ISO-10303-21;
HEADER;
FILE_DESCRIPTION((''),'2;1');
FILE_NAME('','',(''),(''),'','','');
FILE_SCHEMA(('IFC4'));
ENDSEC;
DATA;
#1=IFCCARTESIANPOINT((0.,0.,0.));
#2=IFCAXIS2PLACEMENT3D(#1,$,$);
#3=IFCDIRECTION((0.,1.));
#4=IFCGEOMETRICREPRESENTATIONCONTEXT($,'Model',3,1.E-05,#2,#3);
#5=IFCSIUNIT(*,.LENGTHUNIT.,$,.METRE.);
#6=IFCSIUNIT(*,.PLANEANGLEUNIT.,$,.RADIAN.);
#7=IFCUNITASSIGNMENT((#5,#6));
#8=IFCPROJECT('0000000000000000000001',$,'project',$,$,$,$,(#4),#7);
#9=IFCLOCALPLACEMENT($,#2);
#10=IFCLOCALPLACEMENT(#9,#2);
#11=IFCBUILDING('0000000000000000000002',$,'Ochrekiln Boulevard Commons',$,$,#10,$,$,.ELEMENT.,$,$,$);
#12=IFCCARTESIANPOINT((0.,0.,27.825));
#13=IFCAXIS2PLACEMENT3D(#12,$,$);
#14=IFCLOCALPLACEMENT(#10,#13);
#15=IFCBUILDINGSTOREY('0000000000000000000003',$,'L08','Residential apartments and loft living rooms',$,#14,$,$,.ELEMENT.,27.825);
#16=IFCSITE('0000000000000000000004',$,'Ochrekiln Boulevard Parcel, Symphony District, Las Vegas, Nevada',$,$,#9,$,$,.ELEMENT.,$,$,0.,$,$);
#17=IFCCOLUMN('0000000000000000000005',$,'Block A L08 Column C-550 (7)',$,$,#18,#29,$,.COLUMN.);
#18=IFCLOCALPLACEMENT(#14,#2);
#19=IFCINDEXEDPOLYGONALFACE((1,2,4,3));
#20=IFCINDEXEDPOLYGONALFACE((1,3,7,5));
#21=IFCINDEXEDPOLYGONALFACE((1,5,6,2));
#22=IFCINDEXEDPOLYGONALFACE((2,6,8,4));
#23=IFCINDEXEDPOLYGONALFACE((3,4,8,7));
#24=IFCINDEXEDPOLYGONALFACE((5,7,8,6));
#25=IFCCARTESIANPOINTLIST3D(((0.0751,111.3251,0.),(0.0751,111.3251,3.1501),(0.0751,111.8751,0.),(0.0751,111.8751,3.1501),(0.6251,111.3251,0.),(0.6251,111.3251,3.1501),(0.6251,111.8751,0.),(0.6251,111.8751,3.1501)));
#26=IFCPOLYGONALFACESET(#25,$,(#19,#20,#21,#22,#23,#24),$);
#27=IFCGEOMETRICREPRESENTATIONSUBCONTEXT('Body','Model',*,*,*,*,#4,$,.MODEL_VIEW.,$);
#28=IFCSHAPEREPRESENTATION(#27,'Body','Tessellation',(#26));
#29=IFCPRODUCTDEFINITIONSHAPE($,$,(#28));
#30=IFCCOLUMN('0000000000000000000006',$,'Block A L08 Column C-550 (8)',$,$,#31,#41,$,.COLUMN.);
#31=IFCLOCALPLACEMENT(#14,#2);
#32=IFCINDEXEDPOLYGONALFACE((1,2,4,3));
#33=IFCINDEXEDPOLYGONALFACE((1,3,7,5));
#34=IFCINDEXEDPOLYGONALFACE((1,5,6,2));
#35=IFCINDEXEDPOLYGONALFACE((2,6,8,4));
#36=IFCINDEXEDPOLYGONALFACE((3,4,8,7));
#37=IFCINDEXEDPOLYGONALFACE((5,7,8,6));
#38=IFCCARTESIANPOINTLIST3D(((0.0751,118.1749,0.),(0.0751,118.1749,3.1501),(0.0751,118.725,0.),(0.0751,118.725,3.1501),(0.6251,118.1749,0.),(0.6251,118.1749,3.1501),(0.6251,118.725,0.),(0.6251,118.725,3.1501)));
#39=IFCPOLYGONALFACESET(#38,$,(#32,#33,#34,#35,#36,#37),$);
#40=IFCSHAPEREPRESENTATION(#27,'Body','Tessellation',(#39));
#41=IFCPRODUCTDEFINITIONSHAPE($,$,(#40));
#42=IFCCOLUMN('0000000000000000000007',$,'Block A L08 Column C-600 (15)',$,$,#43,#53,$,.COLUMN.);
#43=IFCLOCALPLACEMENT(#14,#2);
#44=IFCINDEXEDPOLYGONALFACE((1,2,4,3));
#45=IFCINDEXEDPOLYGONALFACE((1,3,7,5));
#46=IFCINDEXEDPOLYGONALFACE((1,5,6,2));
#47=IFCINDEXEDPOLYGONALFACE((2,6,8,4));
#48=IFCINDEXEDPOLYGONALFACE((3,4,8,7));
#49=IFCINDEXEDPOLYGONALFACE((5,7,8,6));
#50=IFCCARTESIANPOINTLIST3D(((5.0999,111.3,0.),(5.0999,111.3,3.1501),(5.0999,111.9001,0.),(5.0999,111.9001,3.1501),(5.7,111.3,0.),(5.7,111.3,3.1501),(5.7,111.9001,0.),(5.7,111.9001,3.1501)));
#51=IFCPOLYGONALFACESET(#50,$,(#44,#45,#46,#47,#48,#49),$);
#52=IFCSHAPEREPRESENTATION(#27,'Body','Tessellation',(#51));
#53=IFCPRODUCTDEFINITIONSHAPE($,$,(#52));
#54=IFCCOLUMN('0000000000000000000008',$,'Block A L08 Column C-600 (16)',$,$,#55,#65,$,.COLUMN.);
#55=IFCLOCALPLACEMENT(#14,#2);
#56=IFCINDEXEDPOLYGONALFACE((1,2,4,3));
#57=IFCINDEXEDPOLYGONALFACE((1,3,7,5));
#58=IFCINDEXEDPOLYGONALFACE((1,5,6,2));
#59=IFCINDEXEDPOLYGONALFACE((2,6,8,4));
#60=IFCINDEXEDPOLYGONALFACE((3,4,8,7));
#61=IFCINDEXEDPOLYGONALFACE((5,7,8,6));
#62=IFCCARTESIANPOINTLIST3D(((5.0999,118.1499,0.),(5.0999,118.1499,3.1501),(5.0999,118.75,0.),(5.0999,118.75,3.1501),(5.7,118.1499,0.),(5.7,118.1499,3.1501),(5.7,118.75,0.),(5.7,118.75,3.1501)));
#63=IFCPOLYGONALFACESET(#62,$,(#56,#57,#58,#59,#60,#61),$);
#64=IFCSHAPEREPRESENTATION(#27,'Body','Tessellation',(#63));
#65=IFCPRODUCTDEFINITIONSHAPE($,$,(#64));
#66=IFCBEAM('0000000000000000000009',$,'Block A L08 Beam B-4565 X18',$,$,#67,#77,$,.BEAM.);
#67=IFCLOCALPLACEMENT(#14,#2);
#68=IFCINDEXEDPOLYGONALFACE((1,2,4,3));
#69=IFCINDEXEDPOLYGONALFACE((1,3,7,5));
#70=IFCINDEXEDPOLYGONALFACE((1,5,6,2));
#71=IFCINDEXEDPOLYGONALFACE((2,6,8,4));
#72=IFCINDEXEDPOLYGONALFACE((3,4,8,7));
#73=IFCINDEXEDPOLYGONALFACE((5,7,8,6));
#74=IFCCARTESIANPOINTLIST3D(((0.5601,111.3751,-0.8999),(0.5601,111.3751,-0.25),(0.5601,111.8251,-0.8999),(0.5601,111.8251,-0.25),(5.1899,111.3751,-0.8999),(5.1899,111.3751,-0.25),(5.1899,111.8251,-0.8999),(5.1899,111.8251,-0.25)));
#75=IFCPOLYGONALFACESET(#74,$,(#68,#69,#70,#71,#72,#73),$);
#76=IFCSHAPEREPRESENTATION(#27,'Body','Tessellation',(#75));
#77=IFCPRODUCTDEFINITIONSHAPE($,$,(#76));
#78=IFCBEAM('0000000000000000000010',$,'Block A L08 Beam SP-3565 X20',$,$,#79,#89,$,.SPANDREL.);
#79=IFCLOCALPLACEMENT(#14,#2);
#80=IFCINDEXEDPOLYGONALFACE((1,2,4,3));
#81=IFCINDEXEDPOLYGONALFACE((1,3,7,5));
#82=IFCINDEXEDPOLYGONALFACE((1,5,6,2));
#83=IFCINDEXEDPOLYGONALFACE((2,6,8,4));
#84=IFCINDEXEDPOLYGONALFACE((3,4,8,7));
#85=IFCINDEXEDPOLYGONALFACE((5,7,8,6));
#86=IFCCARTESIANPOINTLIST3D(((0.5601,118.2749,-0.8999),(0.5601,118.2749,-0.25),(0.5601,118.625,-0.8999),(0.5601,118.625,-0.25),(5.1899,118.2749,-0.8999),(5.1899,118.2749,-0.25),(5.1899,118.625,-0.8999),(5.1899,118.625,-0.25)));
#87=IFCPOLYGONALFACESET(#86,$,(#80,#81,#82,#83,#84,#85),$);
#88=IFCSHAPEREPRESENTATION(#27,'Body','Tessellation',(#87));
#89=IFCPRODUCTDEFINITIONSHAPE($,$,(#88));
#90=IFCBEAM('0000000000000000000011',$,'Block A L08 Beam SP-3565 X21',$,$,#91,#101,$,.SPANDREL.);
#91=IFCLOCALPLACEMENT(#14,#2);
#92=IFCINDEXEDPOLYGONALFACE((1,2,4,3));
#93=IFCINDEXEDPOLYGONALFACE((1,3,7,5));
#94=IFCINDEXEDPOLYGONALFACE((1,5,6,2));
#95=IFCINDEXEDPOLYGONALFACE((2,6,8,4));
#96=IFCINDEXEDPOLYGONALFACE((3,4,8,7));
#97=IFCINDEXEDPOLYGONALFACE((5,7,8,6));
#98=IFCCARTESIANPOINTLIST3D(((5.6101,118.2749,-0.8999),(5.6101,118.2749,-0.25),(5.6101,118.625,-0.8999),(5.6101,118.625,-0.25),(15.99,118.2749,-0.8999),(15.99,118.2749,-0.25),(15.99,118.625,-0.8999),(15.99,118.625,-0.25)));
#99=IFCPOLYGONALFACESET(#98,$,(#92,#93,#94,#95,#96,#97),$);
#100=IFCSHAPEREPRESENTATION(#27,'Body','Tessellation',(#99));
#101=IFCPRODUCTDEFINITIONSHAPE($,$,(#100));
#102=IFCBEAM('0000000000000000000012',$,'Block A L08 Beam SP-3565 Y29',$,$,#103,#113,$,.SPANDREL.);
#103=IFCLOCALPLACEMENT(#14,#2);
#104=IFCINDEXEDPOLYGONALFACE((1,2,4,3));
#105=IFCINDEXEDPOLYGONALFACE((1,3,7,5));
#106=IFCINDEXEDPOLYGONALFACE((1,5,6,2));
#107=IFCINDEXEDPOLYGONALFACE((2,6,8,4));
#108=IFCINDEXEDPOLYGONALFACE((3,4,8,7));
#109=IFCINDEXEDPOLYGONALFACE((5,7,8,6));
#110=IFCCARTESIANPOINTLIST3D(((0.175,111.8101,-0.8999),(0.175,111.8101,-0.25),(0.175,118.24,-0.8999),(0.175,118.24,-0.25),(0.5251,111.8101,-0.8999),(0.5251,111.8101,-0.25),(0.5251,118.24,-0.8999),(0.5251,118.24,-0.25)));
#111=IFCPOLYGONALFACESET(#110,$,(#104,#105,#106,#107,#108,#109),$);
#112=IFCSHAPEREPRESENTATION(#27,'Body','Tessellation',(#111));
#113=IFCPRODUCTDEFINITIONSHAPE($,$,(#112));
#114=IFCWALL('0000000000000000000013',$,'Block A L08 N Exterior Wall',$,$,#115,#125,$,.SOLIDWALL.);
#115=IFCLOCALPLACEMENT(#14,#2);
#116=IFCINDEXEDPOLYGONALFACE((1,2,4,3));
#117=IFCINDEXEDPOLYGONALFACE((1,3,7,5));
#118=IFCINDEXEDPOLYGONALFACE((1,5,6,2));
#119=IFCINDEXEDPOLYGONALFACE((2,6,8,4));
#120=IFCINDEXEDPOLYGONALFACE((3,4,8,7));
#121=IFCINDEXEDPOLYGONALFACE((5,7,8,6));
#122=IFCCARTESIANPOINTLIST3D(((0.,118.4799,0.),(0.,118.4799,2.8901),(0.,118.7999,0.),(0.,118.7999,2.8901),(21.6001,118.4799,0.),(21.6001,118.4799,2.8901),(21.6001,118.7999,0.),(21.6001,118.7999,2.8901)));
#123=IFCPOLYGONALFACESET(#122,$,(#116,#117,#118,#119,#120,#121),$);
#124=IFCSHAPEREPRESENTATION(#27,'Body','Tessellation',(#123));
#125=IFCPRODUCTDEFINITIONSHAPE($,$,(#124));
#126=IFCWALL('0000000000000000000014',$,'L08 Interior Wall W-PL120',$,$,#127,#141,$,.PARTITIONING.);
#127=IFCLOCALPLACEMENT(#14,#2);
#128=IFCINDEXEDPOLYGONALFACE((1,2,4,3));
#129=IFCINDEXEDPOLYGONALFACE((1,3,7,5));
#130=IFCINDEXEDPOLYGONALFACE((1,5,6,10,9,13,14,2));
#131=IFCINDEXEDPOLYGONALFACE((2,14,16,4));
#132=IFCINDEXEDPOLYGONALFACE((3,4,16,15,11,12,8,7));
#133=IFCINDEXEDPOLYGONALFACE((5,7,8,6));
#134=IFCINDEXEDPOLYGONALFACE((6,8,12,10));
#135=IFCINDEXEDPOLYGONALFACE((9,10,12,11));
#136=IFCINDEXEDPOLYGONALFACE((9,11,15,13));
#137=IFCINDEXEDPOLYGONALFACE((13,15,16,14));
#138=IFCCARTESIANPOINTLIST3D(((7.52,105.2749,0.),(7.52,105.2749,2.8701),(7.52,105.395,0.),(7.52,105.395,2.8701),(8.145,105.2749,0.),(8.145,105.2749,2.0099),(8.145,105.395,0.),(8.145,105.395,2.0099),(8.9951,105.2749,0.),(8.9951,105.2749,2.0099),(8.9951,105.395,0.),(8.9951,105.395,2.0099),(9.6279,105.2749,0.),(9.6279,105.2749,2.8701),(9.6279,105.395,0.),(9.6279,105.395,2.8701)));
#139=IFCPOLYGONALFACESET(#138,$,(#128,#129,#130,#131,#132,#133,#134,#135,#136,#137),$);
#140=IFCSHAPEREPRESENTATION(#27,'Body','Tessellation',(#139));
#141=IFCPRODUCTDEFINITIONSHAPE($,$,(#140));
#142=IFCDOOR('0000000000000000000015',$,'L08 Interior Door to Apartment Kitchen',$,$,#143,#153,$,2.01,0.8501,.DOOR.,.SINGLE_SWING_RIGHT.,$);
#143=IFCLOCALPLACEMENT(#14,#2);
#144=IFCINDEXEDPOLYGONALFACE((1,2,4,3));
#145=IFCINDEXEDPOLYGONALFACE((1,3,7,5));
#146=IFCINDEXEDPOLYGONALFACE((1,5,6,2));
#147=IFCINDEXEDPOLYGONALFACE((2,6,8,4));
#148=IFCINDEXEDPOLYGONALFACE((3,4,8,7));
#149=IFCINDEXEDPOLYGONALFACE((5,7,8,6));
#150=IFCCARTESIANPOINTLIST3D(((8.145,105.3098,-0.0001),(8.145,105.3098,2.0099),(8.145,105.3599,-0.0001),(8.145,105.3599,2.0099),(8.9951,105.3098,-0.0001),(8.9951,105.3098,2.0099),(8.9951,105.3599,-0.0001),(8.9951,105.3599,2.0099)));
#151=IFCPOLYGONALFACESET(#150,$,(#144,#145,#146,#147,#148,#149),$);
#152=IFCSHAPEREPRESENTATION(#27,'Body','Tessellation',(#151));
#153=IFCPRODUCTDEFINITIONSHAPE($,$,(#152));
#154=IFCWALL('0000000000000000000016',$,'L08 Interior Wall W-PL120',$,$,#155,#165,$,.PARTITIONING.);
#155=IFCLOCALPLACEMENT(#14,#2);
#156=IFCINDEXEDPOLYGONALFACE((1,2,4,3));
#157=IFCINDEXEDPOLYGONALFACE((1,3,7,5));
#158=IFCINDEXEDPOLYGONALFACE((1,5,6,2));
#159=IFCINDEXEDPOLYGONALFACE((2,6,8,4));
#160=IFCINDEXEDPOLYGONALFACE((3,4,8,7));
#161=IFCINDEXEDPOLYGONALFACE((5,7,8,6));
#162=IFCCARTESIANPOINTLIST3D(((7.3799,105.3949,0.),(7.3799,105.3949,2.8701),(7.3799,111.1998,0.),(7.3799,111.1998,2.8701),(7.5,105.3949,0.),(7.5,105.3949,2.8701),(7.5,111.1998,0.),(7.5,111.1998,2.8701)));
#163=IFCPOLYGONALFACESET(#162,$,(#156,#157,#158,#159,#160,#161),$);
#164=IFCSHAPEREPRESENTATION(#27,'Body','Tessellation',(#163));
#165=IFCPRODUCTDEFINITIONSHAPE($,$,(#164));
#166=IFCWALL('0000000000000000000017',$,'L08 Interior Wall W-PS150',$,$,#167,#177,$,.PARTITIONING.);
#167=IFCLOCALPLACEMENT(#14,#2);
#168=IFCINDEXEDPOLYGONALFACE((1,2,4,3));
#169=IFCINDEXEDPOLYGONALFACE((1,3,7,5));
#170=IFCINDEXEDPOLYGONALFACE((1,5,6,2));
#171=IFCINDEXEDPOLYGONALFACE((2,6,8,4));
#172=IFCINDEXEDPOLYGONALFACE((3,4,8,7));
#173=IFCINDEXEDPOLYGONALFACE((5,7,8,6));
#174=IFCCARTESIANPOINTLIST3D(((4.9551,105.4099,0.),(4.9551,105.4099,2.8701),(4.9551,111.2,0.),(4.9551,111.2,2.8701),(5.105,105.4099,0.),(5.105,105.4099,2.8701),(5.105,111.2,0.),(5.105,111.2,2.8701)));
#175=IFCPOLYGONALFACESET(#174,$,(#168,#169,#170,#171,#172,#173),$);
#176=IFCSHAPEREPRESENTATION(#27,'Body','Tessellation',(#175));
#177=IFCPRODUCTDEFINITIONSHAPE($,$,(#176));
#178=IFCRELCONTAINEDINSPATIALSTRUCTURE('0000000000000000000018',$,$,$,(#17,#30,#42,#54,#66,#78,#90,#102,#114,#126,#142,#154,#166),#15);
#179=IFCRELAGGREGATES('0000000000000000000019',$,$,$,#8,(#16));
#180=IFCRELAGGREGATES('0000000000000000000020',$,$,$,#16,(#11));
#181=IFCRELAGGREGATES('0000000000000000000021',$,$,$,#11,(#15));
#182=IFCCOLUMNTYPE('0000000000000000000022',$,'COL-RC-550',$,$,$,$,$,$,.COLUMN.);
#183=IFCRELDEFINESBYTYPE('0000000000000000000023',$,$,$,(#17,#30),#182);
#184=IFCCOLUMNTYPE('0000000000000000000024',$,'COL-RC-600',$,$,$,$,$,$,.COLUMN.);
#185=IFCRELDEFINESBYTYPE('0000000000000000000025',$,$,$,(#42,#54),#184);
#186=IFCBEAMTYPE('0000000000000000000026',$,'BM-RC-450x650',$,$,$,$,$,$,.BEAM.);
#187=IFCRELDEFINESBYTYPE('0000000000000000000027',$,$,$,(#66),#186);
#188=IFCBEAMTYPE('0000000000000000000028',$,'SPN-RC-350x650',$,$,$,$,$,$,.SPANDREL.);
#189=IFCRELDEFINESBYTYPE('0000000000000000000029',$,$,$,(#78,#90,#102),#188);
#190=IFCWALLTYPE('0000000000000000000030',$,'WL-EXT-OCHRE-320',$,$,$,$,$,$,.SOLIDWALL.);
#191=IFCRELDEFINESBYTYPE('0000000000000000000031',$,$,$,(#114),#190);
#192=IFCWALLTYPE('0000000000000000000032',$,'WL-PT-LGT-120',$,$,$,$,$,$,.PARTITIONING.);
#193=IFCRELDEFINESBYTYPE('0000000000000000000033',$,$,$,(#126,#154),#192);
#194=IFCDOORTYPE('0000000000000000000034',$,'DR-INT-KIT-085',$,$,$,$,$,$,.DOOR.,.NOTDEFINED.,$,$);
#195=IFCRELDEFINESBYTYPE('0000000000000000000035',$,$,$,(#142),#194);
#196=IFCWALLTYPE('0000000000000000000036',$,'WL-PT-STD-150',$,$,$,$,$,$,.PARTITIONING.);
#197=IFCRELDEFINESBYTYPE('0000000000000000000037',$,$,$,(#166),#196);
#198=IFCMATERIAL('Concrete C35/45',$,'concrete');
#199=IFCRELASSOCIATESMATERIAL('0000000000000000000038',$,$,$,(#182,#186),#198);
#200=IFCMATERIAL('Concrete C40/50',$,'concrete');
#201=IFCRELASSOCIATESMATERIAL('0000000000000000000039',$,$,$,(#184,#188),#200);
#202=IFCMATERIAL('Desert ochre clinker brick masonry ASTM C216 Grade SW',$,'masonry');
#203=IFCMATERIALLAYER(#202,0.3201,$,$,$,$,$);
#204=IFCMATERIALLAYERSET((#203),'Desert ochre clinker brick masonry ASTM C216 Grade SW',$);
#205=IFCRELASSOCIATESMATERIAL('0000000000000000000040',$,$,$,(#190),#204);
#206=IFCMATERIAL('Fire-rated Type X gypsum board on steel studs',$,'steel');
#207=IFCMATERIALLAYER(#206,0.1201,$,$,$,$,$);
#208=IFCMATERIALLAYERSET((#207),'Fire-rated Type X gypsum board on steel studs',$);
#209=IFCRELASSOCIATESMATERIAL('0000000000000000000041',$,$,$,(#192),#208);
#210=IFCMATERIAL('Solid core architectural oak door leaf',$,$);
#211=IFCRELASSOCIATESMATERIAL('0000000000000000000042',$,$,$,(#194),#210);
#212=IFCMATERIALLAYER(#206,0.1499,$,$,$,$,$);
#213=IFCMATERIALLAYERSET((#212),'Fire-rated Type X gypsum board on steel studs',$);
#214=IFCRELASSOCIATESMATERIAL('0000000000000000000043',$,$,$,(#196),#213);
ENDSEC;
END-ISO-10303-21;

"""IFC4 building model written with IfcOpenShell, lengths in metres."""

from ifc_helpers import new_model, si_unit, direction, frame, frame_2d, origin, origin_2d, place, context, subcontext, project, spatial, rectangle, extrude, material, layer, layer_set, material_profile, profile_set, type_object, element, fill, save


model = new_model("IFC4")

# Units and contexts
model_context = context("Model", 3, precision=1e-05, world=origin(), true_north=direction((0.0, 1.0)))
body_context = subcontext(model_context, "Body", "Model", "MODEL_VIEW")
ifc_project = project(units=[si_unit("LENGTHUNIT", "METRE"), si_unit("PLANEANGLEUNIT", "RADIAN")], contexts=[model_context])

# Site, building, storey
site_placement = place(None, origin())
site = spatial("IfcSite", under=ifc_project, at=site_placement, Name="Ochrekiln Boulevard Parcel, Symphony District, Las Vegas, Nevada", CompositionType="ELEMENT", RefElevation=0.0)
building_placement = place(site_placement, origin())
building = spatial("IfcBuilding", under=site, at=building_placement, Name="Ochrekiln Boulevard Commons", CompositionType="ELEMENT")
storey_placement = place(building_placement, frame((0.0, 0.0, 27.825)))
storey = spatial("IfcBuildingStorey", under=building, at=storey_placement, Name="L08", Description="Residential apartments and loft living rooms", CompositionType="ELEMENT", Elevation=27.825)

# Columns
ifc_material_1 = material(Name="Concrete C35/45", Category="concrete")
ifc_material_profile_1 = material_profile(ifc_material_1, rectangle(XDim=0.55, YDim=0.55, at=origin_2d()), Name="RC-COL-550x550")
ifc_profile_set_1 = profile_set([ifc_material_profile_1], Name="Concrete C35/45")
column_type_1 = type_object("IfcColumnType", Name="COL-RC-550", PredefinedType="COLUMN", material=ifc_profile_set_1)
for number, where, z_axis, x_axis, name in (
    (1, (0.3501, 111.6001, 0.0), (0.0, 0.0, 1.0), (1.0, 0.0, 0.0), "Block A L08 Column C-550 (7)"),
    (2, (0.3501, 118.45, 0.0), (0.0, 0.0, 1.0), (1.0, 0.0, 0.0), "Block A L08 Column C-550 (8)"),
):
    element("IfcColumn", number, at=place(storey_placement, frame(where, z_axis=z_axis, x_axis=x_axis)), inside=storey, type_object=column_type_1, Name=name, PredefinedType="COLUMN", context=body_context, shape_type="SweptSolid", body=[
        extrude(rectangle(XDim=0.55, YDim=0.55, at=origin_2d()), origin(), (0.0, 0.0, 1.0), 3.1501),
    ])
ifc_material_2 = material(Name="Concrete C40/50", Category="concrete")
ifc_material_profile_2 = material_profile(ifc_material_2, rectangle(XDim=0.6001, YDim=0.6001, at=origin_2d()), Name="RC-COL-600x600")
ifc_profile_set_2 = profile_set([ifc_material_profile_2], Name="Concrete C40/50")
column_type_2 = type_object("IfcColumnType", Name="COL-RC-600", PredefinedType="COLUMN", material=ifc_profile_set_2)
for number, where, z_axis, x_axis, name in (
    (3, (5.3999, 111.6001, 0.0), (0.0, 0.0, 1.0), (1.0, 0.0, 0.0), "Block A L08 Column C-600 (15)"),
    (4, (5.3999, 118.45, 0.0), (0.0, 0.0, 1.0), (1.0, 0.0, 0.0), "Block A L08 Column C-600 (16)"),
):
    element("IfcColumn", number, at=place(storey_placement, frame(where, z_axis=z_axis, x_axis=x_axis)), inside=storey, type_object=column_type_2, Name=name, PredefinedType="COLUMN", context=body_context, shape_type="SweptSolid", body=[
        extrude(rectangle(XDim=0.6001, YDim=0.6001, at=origin_2d()), origin(), (0.0, 0.0, 1.0), 3.1501),
    ])

# Beams
ifc_material_profile_3 = material_profile(ifc_material_1, rectangle(XDim=0.45, YDim=0.6499, at=origin_2d()), Name="RC-BM-450x650")
ifc_profile_set_3 = profile_set([ifc_material_profile_3], Name="Concrete C35/45")
beam_type_1 = type_object("IfcBeamType", Name="BM-RC-450x650", PredefinedType="BEAM", material=ifc_profile_set_3)
beam_1_placement = place(storey_placement, frame((0.5601, 111.6001, -0.575), z_axis=(1.0, 0.0, 0.0), x_axis=(0.0, 1.0, 0.0)))
element("IfcBeam", 5, at=beam_1_placement, inside=storey, type_object=beam_type_1, Name="Block A L08 Beam B-4565 X18", PredefinedType="BEAM", context=body_context, shape_type="SweptSolid", body=[
    extrude(rectangle(XDim=0.45, YDim=0.6499, at=origin_2d()), origin(), (0.0, 0.0, 1.0), 4.6299),
])
ifc_material_profile_4 = material_profile(ifc_material_2, rectangle(XDim=0.3501, YDim=0.6499, at=origin_2d()), Name="RC-SPN-350x650")
ifc_profile_set_4 = profile_set([ifc_material_profile_4], Name="Concrete C40/50")
beam_type_2 = type_object("IfcBeamType", Name="SPN-RC-350x650", PredefinedType="SPANDREL", material=ifc_profile_set_4)
beam_2_placement = place(storey_placement, frame((0.5601, 118.45, -0.575), z_axis=(1.0, 0.0, 0.0), x_axis=(0.0, 1.0, 0.0)))
element("IfcBeam", 6, at=beam_2_placement, inside=storey, type_object=beam_type_2, Name="Block A L08 Beam SP-3565 X20", PredefinedType="SPANDREL", context=body_context, shape_type="SweptSolid", body=[
    extrude(rectangle(XDim=0.3501, YDim=0.6499, at=origin_2d()), origin(), (0.0, 0.0, 1.0), 4.6299),
])
beam_3_placement = place(storey_placement, frame((5.6101, 118.45, -0.575), z_axis=(1.0, 0.0, 0.0), x_axis=(0.0, 1.0, 0.0)))
element("IfcBeam", 7, at=beam_3_placement, inside=storey, type_object=beam_type_2, Name="Block A L08 Beam SP-3565 X21", PredefinedType="SPANDREL", context=body_context, shape_type="SweptSolid", body=[
    extrude(rectangle(XDim=0.3501, YDim=0.6499, at=origin_2d()), origin(), (0.0, 0.0, 1.0), 10.3799),
])
beam_4_placement = place(storey_placement, frame((0.3501, 111.8101, -0.575), z_axis=(0.0, 1.0, 0.0), x_axis=(-1.0, 0.0, 0.0)))
element("IfcBeam", 8, at=beam_4_placement, inside=storey, type_object=beam_type_2, Name="Block A L08 Beam SP-3565 Y29", PredefinedType="SPANDREL", context=body_context, shape_type="SweptSolid", body=[
    extrude(rectangle(XDim=0.3501, YDim=0.6499, at=origin_2d()), origin(), (0.0, 0.0, 1.0), 6.4299),
])

# Wall
ifc_material_3 = material(Name="Desert ochre clinker brick masonry ASTM C216 Grade SW", Category="masonry")
ifc_layer_1 = layer(ifc_material_3, 0.3201)
ifc_layer_set_1 = layer_set([ifc_layer_1], Name="Desert ochre clinker brick masonry ASTM C216 Grade SW")
wall_type_1 = type_object("IfcWallType", Name="WL-EXT-OCHRE-320", PredefinedType="SOLIDWALL", material=ifc_layer_set_1)
wall_1_placement = place(storey_placement, frame((0.0, 118.6399, 0.0), z_axis=(0.0, 0.0, 1.0), x_axis=(1.0, 0.0, 0.0)))
element("IfcWall", 9, at=wall_1_placement, inside=storey, type_object=wall_type_1, Name="Block A L08 N Exterior Wall", PredefinedType="SOLIDWALL", context=body_context, shape_type="SweptSolid", body=[
    extrude(rectangle(XDim=21.6001, YDim=0.3201, at=frame_2d((10.8, 0.0))), origin(), (0.0, 0.0, 1.0), 2.8901),
])

# Wall, opening, door
ifc_material_4 = material(Name="Fire-rated Type X gypsum board on steel studs", Category="steel")
ifc_layer_2 = layer(ifc_material_4, 0.1201)
ifc_layer_set_2 = layer_set([ifc_layer_2], Name="Fire-rated Type X gypsum board on steel studs")
wall_type_2 = type_object("IfcWallType", Name="WL-PT-LGT-120", PredefinedType="PARTITIONING", material=ifc_layer_set_2)
wall_2_placement = place(storey_placement, frame((7.52, 105.335, 0.0), z_axis=(0.0, 0.0, 1.0), x_axis=(1.0, 0.0, 0.0)))
wall_2 = element("IfcWall", 10, at=wall_2_placement, inside=storey, type_object=wall_type_2, Name="L08 Interior Wall W-PL120", PredefinedType="PARTITIONING", context=body_context, shape_type="SweptSolid", body=[
    extrude(rectangle(XDim=2.1079, YDim=0.1201, at=frame_2d((1.054, 0.0))), origin(), (0.0, 0.0, 1.0), 2.8701),
])
opening_1_placement = place(wall_2_placement, frame((0.625, 0.0, 0.0)))
opening_1 = element("IfcOpeningElement", 11, at=opening_1_placement, cuts=wall_2, PredefinedType="OPENING", context=body_context, shape_type="SweptSolid", body=[
    extrude(rectangle(XDim=0.8501, YDim=2.01, at=frame_2d((0.425, 1.0049))), frame((0.0, 0.0701, 0.0), z_axis=(0.0, -1.0, 0.0), x_axis=(1.0, 0.0, 0.0)), (0.0, 0.0, 1.0), 0.1401),
])
ifc_material_5 = material(Name="Solid core architectural oak door leaf")
door_type_1 = type_object("IfcDoorType", Name="DR-INT-KIT-085", OperationType="NOTDEFINED", PredefinedType="DOOR", material=ifc_material_5)
door_1_placement = place(opening_1_placement, origin())
door_1 = element("IfcDoor", 12, at=door_1_placement, inside=storey, type_object=door_type_1, Name="L08 Interior Door to Apartment Kitchen", OperationType="SINGLE_SWING_RIGHT", OverallHeight=2.01, OverallWidth=0.8501, PredefinedType="DOOR", context=body_context, shape_type="SweptSolid", body=[
    extrude(rectangle(XDim=0.8501, YDim=2.01, at=frame_2d((0.425, 1.0049))), frame((0.0, 0.0249, 0.0), z_axis=(0.0, -1.0, 0.0), x_axis=(1.0, 0.0, 0.0)), (0.0, 0.0, 1.0), 0.05),
])
fill(opening_1, door_1)

# Walls
wall_3_placement = place(storey_placement, frame((7.4399, 105.395, 0.0), z_axis=(0.0, 0.0, 1.0), x_axis=(0.0, 1.0, 0.0)))
element("IfcWall", 13, at=wall_3_placement, inside=storey, type_object=wall_type_2, Name="L08 Interior Wall W-PL120", PredefinedType="PARTITIONING", context=body_context, shape_type="SweptSolid", body=[
    extrude(rectangle(XDim=5.8049, YDim=0.1201, at=frame_2d((2.9023, 0.0))), origin(), (0.0, 0.0, 1.0), 2.8701),
])
ifc_layer_3 = layer(ifc_material_4, 0.1499)
ifc_layer_set_3 = layer_set([ifc_layer_3], Name="Fire-rated Type X gypsum board on steel studs")
wall_type_3 = type_object("IfcWallType", Name="WL-PT-STD-150", PredefinedType="PARTITIONING", material=ifc_layer_set_3)
wall_4_placement = place(storey_placement, frame((5.03, 105.4099, 0.0), z_axis=(0.0, 0.0, 1.0), x_axis=(0.0, 1.0, 0.0)))
element("IfcWall", 14, at=wall_4_placement, inside=storey, type_object=wall_type_3, Name="L08 Interior Wall W-PS150", PredefinedType="PARTITIONING", context=body_context, shape_type="SweptSolid", body=[
    extrude(rectangle(XDim=5.79, YDim=0.1499, at=frame_2d((2.895, 0.0))), origin(), (0.0, 0.0, 1.0), 2.8701),
])

save(model, "model.ifc")
